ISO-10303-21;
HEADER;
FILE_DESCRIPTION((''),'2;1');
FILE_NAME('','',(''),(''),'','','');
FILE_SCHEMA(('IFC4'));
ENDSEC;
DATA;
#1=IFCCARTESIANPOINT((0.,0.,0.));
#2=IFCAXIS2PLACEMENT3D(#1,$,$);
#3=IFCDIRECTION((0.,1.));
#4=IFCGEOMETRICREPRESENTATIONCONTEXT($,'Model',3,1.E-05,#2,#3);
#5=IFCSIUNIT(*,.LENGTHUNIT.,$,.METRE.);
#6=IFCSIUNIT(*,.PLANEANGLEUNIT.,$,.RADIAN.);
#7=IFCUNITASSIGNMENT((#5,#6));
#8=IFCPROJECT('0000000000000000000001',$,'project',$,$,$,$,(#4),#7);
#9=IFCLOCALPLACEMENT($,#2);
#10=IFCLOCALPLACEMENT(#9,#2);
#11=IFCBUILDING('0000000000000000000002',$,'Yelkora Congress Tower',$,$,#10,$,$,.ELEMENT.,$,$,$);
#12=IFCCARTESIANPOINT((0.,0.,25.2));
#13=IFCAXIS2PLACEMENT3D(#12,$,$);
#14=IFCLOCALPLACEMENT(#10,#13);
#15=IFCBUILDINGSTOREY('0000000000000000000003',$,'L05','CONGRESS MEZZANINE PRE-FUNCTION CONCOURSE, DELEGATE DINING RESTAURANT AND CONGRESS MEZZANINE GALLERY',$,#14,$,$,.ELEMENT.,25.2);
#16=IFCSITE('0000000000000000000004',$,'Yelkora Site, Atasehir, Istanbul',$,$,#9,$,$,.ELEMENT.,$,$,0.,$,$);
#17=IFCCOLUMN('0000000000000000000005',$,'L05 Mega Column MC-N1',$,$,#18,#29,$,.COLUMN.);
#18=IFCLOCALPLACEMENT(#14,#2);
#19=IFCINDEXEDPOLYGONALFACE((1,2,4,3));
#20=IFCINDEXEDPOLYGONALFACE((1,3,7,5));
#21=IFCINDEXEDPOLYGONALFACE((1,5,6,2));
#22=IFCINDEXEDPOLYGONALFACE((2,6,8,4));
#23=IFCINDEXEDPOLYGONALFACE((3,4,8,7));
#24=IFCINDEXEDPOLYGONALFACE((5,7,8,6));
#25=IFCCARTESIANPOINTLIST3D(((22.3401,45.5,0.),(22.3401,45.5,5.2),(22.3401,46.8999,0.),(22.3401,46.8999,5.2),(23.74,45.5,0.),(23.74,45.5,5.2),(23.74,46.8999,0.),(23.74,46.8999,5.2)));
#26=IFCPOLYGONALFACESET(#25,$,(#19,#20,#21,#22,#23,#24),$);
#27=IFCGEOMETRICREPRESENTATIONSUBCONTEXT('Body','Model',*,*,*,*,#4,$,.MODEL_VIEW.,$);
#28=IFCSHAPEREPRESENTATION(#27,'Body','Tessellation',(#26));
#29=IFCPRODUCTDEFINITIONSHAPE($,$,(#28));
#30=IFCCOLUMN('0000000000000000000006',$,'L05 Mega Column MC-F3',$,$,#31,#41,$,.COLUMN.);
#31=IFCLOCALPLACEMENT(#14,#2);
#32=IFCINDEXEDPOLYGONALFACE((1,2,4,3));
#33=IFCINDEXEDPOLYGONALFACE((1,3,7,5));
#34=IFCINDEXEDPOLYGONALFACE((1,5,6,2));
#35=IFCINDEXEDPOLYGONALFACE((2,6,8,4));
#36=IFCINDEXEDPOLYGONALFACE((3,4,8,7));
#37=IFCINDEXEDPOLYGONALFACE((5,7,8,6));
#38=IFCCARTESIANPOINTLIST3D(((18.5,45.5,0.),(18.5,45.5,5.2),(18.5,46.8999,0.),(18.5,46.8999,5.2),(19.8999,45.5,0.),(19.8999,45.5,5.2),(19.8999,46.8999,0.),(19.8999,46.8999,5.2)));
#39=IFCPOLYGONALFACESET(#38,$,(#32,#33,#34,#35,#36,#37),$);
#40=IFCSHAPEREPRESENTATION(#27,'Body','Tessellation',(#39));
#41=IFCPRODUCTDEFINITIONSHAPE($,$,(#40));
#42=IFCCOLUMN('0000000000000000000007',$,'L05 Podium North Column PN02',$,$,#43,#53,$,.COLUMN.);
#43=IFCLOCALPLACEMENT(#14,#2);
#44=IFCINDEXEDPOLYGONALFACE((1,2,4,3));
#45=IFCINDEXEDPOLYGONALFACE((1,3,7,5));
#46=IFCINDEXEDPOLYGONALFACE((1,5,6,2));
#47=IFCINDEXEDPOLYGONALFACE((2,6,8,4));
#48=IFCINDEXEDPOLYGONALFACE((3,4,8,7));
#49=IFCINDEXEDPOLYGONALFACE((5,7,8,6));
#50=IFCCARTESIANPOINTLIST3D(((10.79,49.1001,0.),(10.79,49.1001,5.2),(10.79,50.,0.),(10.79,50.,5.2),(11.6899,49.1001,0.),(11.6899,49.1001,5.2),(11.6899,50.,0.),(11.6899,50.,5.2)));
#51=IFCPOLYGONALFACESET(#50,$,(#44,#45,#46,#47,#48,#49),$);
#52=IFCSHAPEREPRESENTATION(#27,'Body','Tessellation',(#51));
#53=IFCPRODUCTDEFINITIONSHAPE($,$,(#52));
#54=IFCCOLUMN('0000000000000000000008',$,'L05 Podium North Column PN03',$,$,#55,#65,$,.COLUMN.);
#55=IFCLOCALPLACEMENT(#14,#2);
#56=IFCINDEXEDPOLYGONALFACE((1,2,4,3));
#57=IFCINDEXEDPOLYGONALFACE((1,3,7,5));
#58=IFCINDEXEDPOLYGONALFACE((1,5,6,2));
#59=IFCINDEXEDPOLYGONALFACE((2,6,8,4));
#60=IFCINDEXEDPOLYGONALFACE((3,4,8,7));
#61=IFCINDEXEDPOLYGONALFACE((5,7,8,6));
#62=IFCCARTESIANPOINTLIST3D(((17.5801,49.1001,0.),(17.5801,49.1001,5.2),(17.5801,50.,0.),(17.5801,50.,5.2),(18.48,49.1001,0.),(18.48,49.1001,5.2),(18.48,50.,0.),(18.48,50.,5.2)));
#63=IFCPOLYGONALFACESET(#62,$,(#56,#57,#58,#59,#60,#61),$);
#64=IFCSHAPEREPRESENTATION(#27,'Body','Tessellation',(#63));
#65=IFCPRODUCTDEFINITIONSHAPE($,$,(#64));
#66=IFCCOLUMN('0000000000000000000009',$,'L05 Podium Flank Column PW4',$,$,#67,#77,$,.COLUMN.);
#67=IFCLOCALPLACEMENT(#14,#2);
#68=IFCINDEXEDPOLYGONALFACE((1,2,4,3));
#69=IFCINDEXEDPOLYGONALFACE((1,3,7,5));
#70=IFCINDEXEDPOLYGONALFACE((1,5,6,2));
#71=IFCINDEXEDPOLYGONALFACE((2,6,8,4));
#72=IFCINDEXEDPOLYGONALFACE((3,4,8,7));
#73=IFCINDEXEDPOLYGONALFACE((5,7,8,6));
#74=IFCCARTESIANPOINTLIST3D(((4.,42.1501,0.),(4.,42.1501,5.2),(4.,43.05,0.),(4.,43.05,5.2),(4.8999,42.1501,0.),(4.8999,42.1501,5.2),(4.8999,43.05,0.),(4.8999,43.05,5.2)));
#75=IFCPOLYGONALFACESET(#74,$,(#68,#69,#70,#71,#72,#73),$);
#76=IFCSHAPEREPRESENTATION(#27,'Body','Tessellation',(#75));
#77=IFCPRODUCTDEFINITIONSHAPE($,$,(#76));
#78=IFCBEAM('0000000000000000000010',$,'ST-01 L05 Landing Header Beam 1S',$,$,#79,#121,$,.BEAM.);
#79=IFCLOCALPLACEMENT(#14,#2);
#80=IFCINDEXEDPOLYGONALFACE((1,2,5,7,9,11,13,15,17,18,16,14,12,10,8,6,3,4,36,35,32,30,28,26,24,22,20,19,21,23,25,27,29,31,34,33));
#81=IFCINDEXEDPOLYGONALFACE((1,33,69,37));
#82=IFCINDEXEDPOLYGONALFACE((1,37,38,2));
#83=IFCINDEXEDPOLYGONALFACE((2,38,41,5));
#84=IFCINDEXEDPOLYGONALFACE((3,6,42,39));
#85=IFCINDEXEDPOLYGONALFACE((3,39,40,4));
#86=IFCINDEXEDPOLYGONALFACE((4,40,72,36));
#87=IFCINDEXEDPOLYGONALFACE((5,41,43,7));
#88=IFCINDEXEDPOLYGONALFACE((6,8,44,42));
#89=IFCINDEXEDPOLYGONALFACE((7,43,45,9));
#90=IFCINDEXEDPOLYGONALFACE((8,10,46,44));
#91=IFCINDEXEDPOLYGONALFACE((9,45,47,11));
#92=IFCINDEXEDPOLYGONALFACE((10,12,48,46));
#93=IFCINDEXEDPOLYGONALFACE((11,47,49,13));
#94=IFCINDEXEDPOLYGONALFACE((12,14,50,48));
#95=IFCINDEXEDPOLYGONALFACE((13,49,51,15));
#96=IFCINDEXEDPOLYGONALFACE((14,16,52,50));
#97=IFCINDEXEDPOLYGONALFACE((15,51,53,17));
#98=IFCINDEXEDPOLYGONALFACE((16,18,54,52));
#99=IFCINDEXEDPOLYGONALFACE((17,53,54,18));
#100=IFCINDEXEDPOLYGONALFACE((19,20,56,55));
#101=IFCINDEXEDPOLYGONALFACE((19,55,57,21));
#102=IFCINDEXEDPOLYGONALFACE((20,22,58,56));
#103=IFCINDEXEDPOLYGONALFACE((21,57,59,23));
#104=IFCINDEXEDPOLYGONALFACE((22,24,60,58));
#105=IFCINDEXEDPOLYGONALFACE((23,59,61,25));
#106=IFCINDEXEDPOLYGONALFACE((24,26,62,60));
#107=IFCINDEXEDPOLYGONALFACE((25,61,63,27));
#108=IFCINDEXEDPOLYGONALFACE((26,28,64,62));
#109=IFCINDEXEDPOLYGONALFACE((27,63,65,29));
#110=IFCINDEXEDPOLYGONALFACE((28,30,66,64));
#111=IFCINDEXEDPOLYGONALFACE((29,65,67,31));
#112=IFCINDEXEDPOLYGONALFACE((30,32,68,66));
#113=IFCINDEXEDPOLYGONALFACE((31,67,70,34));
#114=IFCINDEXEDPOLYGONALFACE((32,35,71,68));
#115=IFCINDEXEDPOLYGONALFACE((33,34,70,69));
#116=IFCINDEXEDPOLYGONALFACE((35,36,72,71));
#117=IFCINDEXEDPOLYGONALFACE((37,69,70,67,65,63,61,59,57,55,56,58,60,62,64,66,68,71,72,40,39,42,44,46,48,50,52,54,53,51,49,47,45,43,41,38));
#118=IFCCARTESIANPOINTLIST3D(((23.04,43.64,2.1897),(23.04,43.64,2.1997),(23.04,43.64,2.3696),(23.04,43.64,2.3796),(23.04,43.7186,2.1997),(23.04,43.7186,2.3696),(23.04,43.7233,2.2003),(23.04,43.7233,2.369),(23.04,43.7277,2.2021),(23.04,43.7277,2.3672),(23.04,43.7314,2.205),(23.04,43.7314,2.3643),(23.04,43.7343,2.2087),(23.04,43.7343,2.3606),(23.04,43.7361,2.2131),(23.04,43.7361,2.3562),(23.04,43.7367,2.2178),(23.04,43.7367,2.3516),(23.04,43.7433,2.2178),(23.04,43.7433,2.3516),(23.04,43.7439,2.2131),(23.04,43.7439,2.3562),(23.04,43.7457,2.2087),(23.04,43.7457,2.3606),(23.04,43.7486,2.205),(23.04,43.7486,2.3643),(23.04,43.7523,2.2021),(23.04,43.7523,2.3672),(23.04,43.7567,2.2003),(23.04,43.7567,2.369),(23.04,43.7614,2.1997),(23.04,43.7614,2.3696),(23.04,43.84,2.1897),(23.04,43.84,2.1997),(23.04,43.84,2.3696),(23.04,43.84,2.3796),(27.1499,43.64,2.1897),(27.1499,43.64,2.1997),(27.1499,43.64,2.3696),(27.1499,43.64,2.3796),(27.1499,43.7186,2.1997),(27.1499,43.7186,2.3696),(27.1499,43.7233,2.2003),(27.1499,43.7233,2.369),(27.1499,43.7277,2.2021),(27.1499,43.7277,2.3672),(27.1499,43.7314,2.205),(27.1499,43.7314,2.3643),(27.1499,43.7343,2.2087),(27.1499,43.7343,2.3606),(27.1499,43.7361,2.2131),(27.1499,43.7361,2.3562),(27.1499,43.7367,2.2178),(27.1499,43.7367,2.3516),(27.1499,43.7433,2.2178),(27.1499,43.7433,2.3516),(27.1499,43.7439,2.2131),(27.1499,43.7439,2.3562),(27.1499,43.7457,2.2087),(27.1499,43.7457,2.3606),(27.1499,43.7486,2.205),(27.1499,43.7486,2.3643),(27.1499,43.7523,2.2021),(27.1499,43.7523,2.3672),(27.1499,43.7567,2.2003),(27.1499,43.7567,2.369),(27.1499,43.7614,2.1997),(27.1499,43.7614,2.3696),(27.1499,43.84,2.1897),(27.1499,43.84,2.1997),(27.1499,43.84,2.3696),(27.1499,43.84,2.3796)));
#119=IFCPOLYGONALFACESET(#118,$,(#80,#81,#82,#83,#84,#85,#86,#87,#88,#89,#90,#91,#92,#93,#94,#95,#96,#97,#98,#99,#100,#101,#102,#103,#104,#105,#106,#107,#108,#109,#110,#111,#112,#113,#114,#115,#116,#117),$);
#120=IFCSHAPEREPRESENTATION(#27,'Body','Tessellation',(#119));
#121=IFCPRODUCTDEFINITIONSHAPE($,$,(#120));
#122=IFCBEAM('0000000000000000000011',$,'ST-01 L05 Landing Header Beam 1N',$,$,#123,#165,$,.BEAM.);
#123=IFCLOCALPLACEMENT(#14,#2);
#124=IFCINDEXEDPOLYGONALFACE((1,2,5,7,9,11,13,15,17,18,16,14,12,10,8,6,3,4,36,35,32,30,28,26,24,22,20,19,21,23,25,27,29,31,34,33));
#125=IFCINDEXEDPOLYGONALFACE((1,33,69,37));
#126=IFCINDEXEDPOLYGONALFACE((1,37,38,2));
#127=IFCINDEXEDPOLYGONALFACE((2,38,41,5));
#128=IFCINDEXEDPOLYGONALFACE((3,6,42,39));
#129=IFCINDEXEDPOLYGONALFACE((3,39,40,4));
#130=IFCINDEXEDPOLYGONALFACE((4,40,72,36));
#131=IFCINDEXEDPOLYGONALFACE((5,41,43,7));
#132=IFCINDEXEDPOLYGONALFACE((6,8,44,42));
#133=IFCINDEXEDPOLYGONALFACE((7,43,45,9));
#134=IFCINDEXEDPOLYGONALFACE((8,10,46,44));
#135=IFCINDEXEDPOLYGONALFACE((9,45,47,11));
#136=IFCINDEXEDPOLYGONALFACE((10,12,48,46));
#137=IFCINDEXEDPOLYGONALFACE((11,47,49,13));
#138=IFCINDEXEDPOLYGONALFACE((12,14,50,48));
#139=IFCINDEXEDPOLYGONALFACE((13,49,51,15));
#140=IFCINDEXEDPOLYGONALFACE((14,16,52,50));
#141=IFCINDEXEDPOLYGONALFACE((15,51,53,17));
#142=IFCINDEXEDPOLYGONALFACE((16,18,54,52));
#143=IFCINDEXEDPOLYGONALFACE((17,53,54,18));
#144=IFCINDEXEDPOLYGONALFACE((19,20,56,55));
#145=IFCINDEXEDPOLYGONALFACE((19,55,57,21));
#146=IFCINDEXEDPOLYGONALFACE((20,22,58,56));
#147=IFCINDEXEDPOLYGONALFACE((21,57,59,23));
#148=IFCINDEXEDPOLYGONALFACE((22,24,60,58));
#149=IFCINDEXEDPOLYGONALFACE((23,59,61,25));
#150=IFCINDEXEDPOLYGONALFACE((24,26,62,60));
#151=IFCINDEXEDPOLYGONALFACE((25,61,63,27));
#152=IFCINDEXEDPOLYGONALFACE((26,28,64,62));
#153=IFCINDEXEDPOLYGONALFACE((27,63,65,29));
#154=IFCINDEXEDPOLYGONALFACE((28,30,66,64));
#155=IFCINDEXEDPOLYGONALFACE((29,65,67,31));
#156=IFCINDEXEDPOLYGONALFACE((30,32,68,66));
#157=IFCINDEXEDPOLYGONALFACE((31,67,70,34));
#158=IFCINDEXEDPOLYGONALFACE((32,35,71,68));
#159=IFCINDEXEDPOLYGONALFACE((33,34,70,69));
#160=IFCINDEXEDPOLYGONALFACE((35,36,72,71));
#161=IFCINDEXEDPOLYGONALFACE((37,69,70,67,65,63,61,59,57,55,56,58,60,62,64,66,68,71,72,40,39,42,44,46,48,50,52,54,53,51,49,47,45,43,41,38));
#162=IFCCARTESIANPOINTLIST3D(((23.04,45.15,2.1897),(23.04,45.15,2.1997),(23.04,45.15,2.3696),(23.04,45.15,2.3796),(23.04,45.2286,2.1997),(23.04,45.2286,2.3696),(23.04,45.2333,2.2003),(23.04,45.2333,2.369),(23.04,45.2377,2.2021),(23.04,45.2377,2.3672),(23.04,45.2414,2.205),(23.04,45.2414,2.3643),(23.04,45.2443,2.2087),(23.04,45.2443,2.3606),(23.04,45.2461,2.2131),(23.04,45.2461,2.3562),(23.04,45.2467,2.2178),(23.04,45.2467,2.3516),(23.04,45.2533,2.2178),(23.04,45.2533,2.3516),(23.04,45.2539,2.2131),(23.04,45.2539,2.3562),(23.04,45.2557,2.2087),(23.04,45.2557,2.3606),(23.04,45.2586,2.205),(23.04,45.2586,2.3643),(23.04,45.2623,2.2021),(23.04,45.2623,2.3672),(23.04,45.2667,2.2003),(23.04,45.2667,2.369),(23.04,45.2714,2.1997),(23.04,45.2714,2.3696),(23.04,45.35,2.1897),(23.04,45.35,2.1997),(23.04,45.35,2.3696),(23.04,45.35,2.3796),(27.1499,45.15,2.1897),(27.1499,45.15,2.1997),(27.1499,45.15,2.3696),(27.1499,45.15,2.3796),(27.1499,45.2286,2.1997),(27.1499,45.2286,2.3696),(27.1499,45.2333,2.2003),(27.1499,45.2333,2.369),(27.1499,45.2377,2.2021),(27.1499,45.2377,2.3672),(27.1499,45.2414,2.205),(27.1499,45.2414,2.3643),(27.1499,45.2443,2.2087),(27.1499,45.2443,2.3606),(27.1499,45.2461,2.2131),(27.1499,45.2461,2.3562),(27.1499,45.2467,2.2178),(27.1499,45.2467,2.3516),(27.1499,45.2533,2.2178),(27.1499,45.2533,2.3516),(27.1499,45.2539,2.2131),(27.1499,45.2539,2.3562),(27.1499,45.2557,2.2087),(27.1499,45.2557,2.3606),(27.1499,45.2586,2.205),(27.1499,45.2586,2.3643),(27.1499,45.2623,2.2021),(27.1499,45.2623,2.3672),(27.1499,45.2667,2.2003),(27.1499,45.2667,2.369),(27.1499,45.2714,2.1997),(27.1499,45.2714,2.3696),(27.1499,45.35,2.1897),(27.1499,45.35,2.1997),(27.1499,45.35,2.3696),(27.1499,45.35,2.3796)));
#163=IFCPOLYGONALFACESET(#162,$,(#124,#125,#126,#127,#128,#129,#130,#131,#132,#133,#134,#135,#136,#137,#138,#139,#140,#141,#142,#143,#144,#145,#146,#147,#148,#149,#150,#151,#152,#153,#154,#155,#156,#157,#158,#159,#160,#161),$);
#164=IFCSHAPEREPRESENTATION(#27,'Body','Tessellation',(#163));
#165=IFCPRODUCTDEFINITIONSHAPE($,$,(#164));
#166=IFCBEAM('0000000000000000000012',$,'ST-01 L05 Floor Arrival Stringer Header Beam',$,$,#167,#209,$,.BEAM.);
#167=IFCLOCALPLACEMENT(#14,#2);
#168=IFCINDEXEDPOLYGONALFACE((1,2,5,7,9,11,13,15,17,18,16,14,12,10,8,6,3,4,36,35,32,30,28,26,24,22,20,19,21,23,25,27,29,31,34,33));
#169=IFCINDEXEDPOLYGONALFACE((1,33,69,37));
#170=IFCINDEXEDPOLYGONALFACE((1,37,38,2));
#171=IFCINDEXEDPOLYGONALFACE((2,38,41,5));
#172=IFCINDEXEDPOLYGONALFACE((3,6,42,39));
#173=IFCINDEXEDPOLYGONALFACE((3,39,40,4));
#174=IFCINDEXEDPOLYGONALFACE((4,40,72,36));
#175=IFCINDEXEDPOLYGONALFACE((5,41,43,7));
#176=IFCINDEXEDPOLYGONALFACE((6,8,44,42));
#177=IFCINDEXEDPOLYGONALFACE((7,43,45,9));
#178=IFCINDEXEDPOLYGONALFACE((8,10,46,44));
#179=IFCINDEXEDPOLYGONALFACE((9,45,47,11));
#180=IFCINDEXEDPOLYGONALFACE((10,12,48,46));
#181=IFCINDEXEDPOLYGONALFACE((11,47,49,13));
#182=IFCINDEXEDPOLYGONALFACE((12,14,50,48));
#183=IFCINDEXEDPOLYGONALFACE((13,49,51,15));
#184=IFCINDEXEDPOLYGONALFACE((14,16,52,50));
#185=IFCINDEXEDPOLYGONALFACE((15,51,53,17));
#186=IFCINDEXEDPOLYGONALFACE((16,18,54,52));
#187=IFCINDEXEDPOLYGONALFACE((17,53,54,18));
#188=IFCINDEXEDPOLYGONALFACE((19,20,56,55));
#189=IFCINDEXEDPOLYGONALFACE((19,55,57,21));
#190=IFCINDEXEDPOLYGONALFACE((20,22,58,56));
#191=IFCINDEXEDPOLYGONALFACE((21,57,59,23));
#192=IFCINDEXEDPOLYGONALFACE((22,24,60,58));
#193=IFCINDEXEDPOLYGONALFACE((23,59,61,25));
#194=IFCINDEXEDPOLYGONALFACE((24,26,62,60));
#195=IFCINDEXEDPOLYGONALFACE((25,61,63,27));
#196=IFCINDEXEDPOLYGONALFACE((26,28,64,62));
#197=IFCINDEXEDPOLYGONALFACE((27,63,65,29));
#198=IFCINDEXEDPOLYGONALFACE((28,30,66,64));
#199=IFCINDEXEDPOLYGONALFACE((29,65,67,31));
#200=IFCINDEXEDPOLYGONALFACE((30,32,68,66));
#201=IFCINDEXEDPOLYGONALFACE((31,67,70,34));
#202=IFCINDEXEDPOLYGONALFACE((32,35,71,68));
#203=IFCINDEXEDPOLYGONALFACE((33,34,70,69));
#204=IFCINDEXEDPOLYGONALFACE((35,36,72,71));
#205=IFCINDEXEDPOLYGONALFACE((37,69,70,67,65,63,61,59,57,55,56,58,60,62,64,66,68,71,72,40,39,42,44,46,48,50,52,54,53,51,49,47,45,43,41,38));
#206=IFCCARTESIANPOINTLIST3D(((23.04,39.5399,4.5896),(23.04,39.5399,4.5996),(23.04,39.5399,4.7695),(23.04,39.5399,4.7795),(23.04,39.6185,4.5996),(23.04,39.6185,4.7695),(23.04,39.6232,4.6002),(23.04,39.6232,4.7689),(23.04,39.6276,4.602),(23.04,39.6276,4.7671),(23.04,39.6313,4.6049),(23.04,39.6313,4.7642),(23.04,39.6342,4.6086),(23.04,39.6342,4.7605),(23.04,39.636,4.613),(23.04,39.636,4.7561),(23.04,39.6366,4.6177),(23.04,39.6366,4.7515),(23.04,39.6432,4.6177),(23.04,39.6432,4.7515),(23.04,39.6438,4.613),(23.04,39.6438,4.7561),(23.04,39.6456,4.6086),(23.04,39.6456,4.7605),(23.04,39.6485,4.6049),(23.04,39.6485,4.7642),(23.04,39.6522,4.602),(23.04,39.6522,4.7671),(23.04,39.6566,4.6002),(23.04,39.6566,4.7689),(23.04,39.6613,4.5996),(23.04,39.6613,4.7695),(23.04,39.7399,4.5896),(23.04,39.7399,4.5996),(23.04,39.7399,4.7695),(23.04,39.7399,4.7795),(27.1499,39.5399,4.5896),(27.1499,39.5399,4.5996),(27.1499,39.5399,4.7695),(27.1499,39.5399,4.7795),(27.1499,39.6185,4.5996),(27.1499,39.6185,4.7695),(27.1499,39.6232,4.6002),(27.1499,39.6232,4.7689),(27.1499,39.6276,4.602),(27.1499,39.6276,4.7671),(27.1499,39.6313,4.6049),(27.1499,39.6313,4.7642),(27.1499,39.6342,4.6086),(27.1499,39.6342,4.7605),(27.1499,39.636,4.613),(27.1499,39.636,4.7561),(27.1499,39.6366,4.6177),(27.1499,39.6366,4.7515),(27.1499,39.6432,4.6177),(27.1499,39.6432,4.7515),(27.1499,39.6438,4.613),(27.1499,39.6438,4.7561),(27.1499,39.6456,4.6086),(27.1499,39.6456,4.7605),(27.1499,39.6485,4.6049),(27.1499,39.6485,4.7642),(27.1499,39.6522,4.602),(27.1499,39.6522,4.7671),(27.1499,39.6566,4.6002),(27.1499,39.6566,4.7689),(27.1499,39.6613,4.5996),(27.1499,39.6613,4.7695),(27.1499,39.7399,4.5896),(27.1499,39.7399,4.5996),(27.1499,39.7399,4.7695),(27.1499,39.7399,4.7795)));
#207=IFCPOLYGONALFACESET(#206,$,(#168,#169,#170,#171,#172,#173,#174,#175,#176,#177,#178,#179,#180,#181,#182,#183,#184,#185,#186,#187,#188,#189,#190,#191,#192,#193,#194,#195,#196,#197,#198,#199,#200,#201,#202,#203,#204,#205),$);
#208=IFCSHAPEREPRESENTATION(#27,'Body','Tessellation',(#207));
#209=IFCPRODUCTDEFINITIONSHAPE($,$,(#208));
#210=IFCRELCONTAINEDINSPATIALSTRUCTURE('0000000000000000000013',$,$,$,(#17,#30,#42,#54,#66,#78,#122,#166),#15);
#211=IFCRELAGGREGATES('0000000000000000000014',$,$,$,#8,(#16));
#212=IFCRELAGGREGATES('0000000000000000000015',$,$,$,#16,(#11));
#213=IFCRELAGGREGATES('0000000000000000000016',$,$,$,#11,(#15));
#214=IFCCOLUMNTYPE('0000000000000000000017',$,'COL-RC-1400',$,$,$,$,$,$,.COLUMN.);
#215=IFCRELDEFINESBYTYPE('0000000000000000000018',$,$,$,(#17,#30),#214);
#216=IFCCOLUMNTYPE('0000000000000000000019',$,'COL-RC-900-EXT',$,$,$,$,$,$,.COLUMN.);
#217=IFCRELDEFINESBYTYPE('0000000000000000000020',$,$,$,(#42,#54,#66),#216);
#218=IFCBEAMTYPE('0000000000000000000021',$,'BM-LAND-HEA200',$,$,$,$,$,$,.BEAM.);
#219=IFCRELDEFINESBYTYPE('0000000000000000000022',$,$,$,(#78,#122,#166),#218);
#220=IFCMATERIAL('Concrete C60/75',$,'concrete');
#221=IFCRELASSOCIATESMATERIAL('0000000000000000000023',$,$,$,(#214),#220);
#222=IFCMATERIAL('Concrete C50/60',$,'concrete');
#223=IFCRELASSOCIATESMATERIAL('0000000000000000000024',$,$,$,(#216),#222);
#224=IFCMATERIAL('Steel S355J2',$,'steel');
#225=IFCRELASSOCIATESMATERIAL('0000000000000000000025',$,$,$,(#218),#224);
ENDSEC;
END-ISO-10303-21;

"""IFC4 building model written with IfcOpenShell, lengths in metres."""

from ifc_helpers import new_model, si_unit, direction, frame, origin, origin_2d, place, context, subcontext, project, spatial, rectangle, i_section, extrude, material, material_profile, profile_set, type_object, element, save


model = new_model("IFC4")

# Units and contexts
model_context = context("Model", 3, precision=1e-05, world=origin(), true_north=direction((0.0, 1.0)))
body_context = subcontext(model_context, "Body", "Model", "MODEL_VIEW")
ifc_project = project(units=[si_unit("LENGTHUNIT", "METRE"), si_unit("PLANEANGLEUNIT", "RADIAN")], contexts=[model_context])

# Site, building, storey
site_placement = place(None, origin())
site = spatial("IfcSite", under=ifc_project, at=site_placement, Name="Yelkora Site, Atasehir, Istanbul", CompositionType="ELEMENT", RefElevation=0.0)
building_placement = place(site_placement, origin())
building = spatial("IfcBuilding", under=site, at=building_placement, Name="Yelkora Congress Tower", CompositionType="ELEMENT")
storey_placement = place(building_placement, frame((0.0, 0.0, 25.2)))
storey = spatial("IfcBuildingStorey", under=building, at=storey_placement, Name="L05", Description="CONGRESS MEZZANINE PRE-FUNCTION CONCOURSE, DELEGATE DINING RESTAURANT AND CONGRESS MEZZANINE GALLERY", CompositionType="ELEMENT", Elevation=25.2)

# Columns
ifc_material_1 = material(Name="Concrete C60/75", Category="concrete")
ifc_material_profile_1 = material_profile(ifc_material_1, rectangle(XDim=1.3999, YDim=1.3999, at=origin_2d()), Name="RC 1400x1400")
ifc_profile_set_1 = profile_set([ifc_material_profile_1], Name="Concrete C60/75")
column_type_1 = type_object("IfcColumnType", Name="COL-RC-1400", PredefinedType="COLUMN", material=ifc_profile_set_1)
for number, where, z_axis, x_axis, name in (
    (1, (23.04, 46.2, 0.0), (0.0, 0.0, 1.0), (1.0, 0.0, 0.0), "L05 Mega Column MC-N1"),
    (2, (19.2, 46.2, 0.0), (0.0, 0.0, 1.0), (1.0, 0.0, 0.0), "L05 Mega Column MC-F3"),
):
    element("IfcColumn", number, at=place(storey_placement, frame(where, z_axis=z_axis, x_axis=x_axis)), inside=storey, type_object=column_type_1, Name=name, PredefinedType="COLUMN", context=body_context, shape_type="SweptSolid", body=[
        extrude(rectangle(XDim=1.3999, YDim=1.3999, at=origin_2d()), origin(), (0.0, 0.0, 1.0), 5.2),
    ])
ifc_material_2 = material(Name="Concrete C50/60", Category="concrete")
ifc_material_profile_2 = material_profile(ifc_material_2, rectangle(XDim=0.8999, YDim=0.8999, at=origin_2d()), Name="RC 900x900")
ifc_profile_set_2 = profile_set([ifc_material_profile_2], Name="Concrete C50/60")
column_type_2 = type_object("IfcColumnType", Name="COL-RC-900-EXT", PredefinedType="COLUMN", material=ifc_profile_set_2)
for number, where, z_axis, x_axis, name in (
    (3, (11.24, 49.55, 0.0), (0.0, 0.0, 1.0), (1.0, 0.0, 0.0), "L05 Podium North Column PN02"),
    (4, (18.03, 49.55, 0.0), (0.0, 0.0, 1.0), (1.0, 0.0, 0.0), "L05 Podium North Column PN03"),
    (5, (4.45, 42.6001, 0.0), (0.0, 0.0, 1.0), (1.0, 0.0, 0.0), "L05 Podium Flank Column PW4"),
):
    element("IfcColumn", number, at=place(storey_placement, frame(where, z_axis=z_axis, x_axis=x_axis)), inside=storey, type_object=column_type_2, Name=name, PredefinedType="COLUMN", context=body_context, shape_type="SweptSolid", body=[
        extrude(rectangle(XDim=0.8999, YDim=0.8999, at=origin_2d()), origin(), (0.0, 0.0, 1.0), 5.2),
    ])

# Beams
ifc_material_3 = material(Name="Steel S355J2", Category="steel")
ifc_material_profile_3 = material_profile(ifc_material_3, i_section(OverallWidth=0.2, OverallDepth=0.1899, WebThickness=0.0066, FlangeThickness=0.01, FilletRadius=0.0181, at=origin_2d()), Name="HEA 200")
ifc_profile_set_3 = profile_set([ifc_material_profile_3], Name="Steel S355J2")
beam_type_1 = type_object("IfcBeamType", Name="BM-LAND-HEA200", PredefinedType="BEAM", material=ifc_profile_set_3)
for number, where, z_axis, x_axis, name in (
    (6, (23.04, 43.74, 2.2847), (1.0, 0.0, 0.0), (0.0, 1.0, 0.0), "ST-01 L05 Landing Header Beam 1S"),
    (7, (23.04, 45.25, 2.2847), (1.0, 0.0, 0.0), (0.0, 1.0, 0.0), "ST-01 L05 Landing Header Beam 1N"),
    (8, (23.04, 39.6399, 4.6846), (1.0, 0.0, 0.0), (0.0, 1.0, 0.0), "ST-01 L05 Floor Arrival Stringer Header Beam"),
):
    element("IfcBeam", number, at=place(storey_placement, frame(where, z_axis=z_axis, x_axis=x_axis)), inside=storey, type_object=beam_type_1, Name=name, PredefinedType="BEAM", context=body_context, shape_type="SweptSolid", body=[
        extrude(i_section(OverallWidth=0.2, OverallDepth=0.1899, WebThickness=0.0066, FlangeThickness=0.01, FilletRadius=0.0181, at=origin_2d()), origin(), (0.0, 0.0, 1.0), 4.1099),
    ])

save(model, "model.ifc")
